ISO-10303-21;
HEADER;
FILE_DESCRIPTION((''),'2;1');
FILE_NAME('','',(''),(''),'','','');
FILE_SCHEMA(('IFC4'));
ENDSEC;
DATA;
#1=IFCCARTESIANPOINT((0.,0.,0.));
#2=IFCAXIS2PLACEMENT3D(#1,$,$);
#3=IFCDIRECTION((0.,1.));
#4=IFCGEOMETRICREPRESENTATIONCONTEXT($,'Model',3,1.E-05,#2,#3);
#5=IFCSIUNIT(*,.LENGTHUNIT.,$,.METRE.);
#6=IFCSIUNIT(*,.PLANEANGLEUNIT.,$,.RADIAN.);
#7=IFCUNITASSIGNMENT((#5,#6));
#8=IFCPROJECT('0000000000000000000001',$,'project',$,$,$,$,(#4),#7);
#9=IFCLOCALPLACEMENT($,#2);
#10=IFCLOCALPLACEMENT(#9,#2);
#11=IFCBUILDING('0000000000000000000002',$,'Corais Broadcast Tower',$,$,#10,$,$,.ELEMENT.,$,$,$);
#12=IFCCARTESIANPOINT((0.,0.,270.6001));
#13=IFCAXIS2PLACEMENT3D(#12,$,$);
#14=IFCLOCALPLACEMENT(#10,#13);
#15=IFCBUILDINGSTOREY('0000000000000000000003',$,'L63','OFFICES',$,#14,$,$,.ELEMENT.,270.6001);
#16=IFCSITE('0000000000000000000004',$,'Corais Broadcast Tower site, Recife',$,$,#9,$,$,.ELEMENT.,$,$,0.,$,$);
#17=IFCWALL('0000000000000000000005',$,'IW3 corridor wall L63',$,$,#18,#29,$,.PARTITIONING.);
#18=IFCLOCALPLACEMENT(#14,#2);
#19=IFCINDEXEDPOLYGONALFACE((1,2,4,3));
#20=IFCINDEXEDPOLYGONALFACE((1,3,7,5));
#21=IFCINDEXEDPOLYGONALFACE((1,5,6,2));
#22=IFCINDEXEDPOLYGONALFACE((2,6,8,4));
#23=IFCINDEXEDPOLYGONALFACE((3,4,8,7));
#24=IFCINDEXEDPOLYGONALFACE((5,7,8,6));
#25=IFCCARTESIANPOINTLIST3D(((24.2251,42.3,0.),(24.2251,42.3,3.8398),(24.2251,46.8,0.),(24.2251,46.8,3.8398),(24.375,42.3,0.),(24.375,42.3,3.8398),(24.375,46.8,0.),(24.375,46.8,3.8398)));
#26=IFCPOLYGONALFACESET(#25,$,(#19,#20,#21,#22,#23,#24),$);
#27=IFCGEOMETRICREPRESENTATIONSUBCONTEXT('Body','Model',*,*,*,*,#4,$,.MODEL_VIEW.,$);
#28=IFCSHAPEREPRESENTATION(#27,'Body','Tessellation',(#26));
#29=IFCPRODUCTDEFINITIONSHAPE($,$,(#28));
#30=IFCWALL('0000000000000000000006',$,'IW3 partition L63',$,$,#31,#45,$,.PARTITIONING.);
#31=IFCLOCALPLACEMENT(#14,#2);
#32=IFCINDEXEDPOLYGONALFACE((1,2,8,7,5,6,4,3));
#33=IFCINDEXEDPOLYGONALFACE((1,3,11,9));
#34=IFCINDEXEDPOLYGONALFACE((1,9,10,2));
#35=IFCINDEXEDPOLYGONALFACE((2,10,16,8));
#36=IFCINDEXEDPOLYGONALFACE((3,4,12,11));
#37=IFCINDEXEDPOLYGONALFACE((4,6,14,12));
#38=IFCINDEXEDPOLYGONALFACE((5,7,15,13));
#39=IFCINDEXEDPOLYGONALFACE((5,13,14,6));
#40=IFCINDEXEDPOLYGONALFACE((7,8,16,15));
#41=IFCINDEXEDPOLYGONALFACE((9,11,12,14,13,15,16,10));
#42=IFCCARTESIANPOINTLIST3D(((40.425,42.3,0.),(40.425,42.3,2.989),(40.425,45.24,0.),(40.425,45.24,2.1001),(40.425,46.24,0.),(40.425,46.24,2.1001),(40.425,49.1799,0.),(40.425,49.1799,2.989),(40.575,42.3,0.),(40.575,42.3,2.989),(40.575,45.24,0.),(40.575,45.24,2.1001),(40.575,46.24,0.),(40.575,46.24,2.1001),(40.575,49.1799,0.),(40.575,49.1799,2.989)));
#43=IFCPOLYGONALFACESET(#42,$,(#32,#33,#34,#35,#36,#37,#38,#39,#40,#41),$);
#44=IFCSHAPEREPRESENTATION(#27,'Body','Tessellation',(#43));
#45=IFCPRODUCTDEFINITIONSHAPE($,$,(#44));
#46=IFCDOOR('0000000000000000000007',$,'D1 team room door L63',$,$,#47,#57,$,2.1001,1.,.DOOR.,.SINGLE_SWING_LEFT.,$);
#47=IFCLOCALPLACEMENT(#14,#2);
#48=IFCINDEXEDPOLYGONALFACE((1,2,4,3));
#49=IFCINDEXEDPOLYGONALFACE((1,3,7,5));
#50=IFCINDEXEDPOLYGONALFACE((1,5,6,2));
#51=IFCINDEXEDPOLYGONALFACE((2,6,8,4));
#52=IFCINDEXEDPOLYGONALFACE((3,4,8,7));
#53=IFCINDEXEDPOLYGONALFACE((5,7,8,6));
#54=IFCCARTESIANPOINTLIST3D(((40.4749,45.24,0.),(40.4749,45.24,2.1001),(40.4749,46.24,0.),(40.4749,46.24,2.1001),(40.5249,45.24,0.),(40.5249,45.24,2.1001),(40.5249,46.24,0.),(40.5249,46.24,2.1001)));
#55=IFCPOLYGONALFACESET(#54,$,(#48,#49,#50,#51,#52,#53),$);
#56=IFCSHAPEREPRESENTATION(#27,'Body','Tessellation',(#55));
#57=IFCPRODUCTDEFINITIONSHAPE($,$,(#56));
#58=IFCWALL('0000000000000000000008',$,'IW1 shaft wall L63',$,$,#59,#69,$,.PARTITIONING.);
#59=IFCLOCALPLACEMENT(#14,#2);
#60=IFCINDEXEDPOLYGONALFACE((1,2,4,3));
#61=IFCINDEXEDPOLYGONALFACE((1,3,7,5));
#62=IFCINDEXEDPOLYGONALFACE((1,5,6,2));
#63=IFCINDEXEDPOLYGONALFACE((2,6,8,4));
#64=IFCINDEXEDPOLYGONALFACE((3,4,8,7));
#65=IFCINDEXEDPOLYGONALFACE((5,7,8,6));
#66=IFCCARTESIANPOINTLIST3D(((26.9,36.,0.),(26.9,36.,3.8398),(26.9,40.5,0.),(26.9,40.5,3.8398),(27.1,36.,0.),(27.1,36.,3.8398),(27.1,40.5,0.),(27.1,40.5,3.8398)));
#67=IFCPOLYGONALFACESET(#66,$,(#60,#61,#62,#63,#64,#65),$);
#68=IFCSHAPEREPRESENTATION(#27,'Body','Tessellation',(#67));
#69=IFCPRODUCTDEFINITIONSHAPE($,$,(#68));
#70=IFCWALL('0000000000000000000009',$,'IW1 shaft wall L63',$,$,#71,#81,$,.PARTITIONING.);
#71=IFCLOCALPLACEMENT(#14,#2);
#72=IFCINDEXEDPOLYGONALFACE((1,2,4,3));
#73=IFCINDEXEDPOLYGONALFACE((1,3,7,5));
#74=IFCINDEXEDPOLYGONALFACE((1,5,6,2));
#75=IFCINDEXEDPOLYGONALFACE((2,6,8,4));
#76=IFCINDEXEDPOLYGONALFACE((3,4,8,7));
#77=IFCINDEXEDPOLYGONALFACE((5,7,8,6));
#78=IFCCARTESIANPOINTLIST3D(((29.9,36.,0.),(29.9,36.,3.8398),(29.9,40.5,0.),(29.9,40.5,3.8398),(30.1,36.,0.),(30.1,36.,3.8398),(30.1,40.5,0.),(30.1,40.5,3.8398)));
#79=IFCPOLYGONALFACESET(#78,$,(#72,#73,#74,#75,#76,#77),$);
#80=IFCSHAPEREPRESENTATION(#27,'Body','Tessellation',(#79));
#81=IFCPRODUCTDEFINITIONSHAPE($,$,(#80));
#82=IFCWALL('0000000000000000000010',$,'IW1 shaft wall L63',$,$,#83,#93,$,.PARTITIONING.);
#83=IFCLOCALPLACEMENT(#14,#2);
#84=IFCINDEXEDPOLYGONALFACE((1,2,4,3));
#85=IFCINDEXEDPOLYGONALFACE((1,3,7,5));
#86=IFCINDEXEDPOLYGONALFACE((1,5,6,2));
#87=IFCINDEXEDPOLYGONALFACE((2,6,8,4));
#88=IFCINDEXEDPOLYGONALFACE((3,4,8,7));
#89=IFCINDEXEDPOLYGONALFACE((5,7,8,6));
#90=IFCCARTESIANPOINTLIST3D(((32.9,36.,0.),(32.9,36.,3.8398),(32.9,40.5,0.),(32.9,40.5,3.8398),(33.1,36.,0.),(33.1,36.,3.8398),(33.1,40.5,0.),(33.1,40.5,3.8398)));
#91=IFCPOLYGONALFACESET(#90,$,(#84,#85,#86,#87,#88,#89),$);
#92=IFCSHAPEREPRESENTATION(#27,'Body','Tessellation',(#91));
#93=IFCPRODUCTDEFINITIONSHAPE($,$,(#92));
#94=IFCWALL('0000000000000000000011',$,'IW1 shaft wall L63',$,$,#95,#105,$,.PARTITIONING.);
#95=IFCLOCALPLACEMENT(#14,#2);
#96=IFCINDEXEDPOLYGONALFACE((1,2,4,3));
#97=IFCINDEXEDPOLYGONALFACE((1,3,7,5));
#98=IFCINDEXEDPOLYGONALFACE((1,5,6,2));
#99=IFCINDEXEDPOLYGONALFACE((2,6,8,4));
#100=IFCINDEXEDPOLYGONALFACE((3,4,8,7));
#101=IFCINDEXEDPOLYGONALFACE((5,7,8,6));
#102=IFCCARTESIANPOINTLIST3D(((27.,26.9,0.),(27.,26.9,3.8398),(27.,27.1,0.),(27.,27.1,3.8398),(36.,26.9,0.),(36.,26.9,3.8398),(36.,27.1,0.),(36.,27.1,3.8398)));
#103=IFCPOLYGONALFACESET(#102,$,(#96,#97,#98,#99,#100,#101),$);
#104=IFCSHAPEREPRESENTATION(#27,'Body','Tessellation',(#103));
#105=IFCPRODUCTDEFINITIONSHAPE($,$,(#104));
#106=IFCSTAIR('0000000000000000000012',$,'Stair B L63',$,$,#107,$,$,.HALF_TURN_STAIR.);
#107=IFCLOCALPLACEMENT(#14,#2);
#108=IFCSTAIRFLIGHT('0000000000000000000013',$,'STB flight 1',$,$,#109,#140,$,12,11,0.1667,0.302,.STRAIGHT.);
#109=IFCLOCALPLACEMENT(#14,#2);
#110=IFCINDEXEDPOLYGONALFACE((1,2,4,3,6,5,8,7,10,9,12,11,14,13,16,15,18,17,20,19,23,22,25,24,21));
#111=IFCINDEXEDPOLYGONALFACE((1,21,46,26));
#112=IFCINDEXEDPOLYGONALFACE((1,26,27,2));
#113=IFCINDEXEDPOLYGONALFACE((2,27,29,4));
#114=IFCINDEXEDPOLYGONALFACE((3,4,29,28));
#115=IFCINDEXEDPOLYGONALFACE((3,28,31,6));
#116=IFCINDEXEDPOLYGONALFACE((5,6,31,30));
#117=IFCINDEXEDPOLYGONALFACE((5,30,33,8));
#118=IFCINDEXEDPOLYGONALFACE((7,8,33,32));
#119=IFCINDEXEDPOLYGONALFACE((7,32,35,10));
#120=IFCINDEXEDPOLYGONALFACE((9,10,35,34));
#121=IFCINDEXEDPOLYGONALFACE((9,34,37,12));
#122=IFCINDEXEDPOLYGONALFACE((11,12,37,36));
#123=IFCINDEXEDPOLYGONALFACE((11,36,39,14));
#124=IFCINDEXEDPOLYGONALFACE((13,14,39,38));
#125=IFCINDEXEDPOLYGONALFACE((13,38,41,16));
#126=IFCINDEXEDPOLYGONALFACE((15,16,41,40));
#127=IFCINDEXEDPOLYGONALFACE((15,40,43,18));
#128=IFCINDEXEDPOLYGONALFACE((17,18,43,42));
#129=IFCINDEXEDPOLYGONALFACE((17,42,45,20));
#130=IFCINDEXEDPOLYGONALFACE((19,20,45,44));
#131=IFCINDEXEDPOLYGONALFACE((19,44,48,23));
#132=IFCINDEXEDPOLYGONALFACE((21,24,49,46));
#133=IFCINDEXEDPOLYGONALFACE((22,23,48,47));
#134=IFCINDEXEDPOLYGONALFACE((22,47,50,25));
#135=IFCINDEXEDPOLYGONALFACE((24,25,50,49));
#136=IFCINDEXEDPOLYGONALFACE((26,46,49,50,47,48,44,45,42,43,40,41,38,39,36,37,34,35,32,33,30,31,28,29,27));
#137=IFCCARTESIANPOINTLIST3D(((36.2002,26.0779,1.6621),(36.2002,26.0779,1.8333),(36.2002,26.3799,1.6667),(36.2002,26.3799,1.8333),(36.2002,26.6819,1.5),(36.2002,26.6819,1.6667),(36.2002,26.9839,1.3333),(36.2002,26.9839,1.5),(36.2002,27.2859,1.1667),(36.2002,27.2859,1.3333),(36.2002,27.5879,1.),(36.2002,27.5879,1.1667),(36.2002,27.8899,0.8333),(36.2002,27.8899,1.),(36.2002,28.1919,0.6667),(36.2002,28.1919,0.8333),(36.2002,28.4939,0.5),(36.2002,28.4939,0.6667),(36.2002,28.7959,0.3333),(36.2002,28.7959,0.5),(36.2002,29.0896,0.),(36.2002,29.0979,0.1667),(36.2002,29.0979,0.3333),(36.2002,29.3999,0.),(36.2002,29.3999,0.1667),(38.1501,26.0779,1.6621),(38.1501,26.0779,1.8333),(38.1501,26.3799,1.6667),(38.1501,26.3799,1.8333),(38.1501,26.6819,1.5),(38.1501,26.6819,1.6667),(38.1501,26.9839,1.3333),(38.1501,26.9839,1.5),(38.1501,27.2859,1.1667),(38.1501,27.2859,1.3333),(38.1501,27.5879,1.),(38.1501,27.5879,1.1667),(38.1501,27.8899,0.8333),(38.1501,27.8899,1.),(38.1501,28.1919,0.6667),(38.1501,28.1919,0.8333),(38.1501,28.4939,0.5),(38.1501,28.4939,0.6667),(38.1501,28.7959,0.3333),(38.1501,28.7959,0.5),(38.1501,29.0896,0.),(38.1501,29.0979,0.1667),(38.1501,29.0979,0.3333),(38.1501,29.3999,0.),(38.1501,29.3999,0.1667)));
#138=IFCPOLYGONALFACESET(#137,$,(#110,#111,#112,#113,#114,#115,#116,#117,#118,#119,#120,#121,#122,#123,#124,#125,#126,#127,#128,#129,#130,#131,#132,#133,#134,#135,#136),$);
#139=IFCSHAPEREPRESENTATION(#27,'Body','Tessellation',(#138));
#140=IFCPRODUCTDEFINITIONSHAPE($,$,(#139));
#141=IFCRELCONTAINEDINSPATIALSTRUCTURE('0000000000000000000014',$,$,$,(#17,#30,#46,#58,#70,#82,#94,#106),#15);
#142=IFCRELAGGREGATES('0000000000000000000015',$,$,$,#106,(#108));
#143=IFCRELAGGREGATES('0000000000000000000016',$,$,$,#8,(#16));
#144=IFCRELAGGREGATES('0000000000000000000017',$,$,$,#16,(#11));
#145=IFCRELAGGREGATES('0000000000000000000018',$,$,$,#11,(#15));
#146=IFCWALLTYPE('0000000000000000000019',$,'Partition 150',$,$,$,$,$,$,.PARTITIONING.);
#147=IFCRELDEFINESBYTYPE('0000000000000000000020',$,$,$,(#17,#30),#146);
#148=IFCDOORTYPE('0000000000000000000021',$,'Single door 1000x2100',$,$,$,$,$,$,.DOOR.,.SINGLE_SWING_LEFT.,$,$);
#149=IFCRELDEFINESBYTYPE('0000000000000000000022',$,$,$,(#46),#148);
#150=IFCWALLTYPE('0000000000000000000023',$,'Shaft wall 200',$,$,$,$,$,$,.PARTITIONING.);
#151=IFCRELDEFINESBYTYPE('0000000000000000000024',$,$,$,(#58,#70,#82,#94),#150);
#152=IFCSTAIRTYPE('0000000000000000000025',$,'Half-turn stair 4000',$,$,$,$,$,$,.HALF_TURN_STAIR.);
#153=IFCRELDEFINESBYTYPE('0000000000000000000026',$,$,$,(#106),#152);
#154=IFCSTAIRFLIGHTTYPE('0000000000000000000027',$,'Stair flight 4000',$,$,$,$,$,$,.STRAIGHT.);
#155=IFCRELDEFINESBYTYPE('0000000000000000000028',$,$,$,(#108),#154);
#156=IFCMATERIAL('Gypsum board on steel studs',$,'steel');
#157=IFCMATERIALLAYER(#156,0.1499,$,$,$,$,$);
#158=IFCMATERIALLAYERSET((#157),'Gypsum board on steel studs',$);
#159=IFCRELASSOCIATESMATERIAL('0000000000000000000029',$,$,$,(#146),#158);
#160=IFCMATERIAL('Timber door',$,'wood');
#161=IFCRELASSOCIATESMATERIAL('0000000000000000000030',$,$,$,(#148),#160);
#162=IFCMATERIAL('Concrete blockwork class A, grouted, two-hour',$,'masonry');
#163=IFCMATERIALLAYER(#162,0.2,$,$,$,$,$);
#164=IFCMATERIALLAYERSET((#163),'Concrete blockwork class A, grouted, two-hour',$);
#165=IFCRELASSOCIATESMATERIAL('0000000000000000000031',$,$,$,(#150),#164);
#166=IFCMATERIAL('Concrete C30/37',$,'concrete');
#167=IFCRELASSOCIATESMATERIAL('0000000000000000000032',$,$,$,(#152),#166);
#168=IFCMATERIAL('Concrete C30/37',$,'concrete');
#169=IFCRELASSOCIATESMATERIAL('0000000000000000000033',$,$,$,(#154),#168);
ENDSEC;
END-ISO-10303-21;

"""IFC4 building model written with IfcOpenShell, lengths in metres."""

from ifc_helpers import new_model, si_unit, direction, frame, frame_2d, origin, place, context, subcontext, project, spatial, polyline, rectangle, outline, extrude, material, layer, layer_set, type_object, element, fill, aggregate, save


model = new_model("IFC4")

# Units and contexts
model_context = context("Model", 3, precision=1e-05, world=origin(), true_north=direction((0.0, 1.0)))
body_context = subcontext(model_context, "Body", "Model", "MODEL_VIEW")
ifc_project = project(units=[si_unit("LENGTHUNIT", "METRE"), si_unit("PLANEANGLEUNIT", "RADIAN")], contexts=[model_context])

# Site, building, storey
site_placement = place(None, origin())
site = spatial("IfcSite", under=ifc_project, at=site_placement, Name="Corais Broadcast Tower site, Recife", CompositionType="ELEMENT", RefElevation=0.0)
building_placement = place(site_placement, origin())
building = spatial("IfcBuilding", under=site, at=building_placement, Name="Corais Broadcast Tower", CompositionType="ELEMENT")
storey_placement = place(building_placement, frame((0.0, 0.0, 270.6001)))
storey = spatial("IfcBuildingStorey", under=building, at=storey_placement, Name="L63", Description="OFFICES", CompositionType="ELEMENT", Elevation=270.6001)

# Wall
ifc_material_1 = material(Name="Gypsum board on steel studs", Category="steel")
ifc_layer_1 = layer(ifc_material_1, 0.1499)
ifc_layer_set_1 = layer_set([ifc_layer_1], Name="Gypsum board on steel studs")
wall_type_1 = type_object("IfcWallType", Name="Partition 150", PredefinedType="PARTITIONING", material=ifc_layer_set_1)
wall_1_placement = place(storey_placement, frame((24.3, 42.3, 0.0), z_axis=(0.0, 0.0, 1.0), x_axis=(0.0, 1.0, 0.0)))
element("IfcWall", 1, at=wall_1_placement, inside=storey, type_object=wall_type_1, Name="IW3 corridor wall L63", PredefinedType="PARTITIONING", context=body_context, shape_type="SweptSolid", body=[
    extrude(rectangle(XDim=4.5, YDim=0.1499, at=frame_2d((2.25, 0.0))), origin(), (0.0, 0.0, 1.0), 3.8398),
])

# Wall, opening, door
wall_2_placement = place(storey_placement, frame((40.5, 49.1799, 0.0), z_axis=(0.0, 0.0, 1.0), x_axis=(0.0, -1.0, 0.0)))
wall_2 = element("IfcWall", 2, at=wall_2_placement, inside=storey, type_object=wall_type_1, Name="IW3 partition L63", PredefinedType="PARTITIONING", context=body_context, shape_type="SweptSolid", body=[
    extrude(rectangle(XDim=6.8799, YDim=0.1499, at=frame_2d((3.4399, 0.0))), origin(), (0.0, 0.0, 1.0), 2.989),
])
opening_placement = place(wall_2_placement, frame((2.9399, 0.0, 0.0)))
opening = element("IfcOpeningElement", 3, at=opening_placement, cuts=wall_2, PredefinedType="OPENING", context=body_context, shape_type="SweptSolid", body=[
    extrude(rectangle(XDim=1.0, YDim=2.1001, at=frame_2d((0.5, 1.05))), frame((0.0, 0.085, 0.0), z_axis=(0.0, -1.0, 0.0), x_axis=(1.0, 0.0, 0.0)), (0.0, 0.0, 1.0), 0.1699),
])
ifc_material_2 = material(Name="Timber door", Category="wood")
door_type = type_object("IfcDoorType", Name="Single door 1000x2100", OperationType="SINGLE_SWING_LEFT", PredefinedType="DOOR", material=ifc_material_2)
door_placement = place(opening_placement, origin())
door = element("IfcDoor", 4, at=door_placement, inside=storey, type_object=door_type, Name="D1 team room door L63", OperationType="SINGLE_SWING_LEFT", OverallHeight=2.1001, OverallWidth=1.0, PredefinedType="DOOR", context=body_context, shape_type="SweptSolid", body=[
    extrude(rectangle(XDim=1.0, YDim=2.1001, at=frame_2d((0.5, 1.05))), frame((0.0, 0.0249, 0.0), z_axis=(0.0, -1.0, 0.0), x_axis=(1.0, 0.0, 0.0)), (0.0, 0.0, 1.0), 0.05),
])
fill(opening, door)

# Walls
ifc_material_3 = material(Name="Concrete blockwork class A, grouted, two-hour", Category="masonry")
ifc_layer_2 = layer(ifc_material_3, 0.2)
ifc_layer_set_2 = layer_set([ifc_layer_2], Name="Concrete blockwork class A, grouted, two-hour")
wall_type_2 = type_object("IfcWallType", Name="Shaft wall 200", PredefinedType="PARTITIONING", material=ifc_layer_set_2)
for number, where, z_axis, x_axis, name in (
    (5, (27.0, 36.0, 0.0), (0.0, 0.0, 1.0), (0.0, 1.0, 0.0), "IW1 shaft wall L63"),
    (6, (30.0, 36.0, 0.0), (0.0, 0.0, 1.0), (0.0, 1.0, 0.0), "IW1 shaft wall L63"),
    (7, (33.0, 36.0, 0.0), (0.0, 0.0, 1.0), (0.0, 1.0, 0.0), "IW1 shaft wall L63"),
):
    element("IfcWall", number, at=place(storey_placement, frame(where, z_axis=z_axis, x_axis=x_axis)), inside=storey, type_object=wall_type_2, Name=name, PredefinedType="PARTITIONING", context=body_context, shape_type="SweptSolid", body=[
        extrude(rectangle(XDim=4.5, YDim=0.2, at=frame_2d((2.25, 0.0))), origin(), (0.0, 0.0, 1.0), 3.8398),
    ])
wall_3_placement = place(storey_placement, frame((27.0, 27.0, 0.0), z_axis=(0.0, 0.0, 1.0), x_axis=(1.0, 0.0, 0.0)))
element("IfcWall", 8, at=wall_3_placement, inside=storey, type_object=wall_type_2, Name="IW1 shaft wall L63", PredefinedType="PARTITIONING", context=body_context, shape_type="SweptSolid", body=[
    extrude(rectangle(XDim=9.0, YDim=0.2, at=frame_2d((4.5, 0.0))), origin(), (0.0, 0.0, 1.0), 3.8398),
])

# Stair, stair flight
ifc_material_4 = material(Name="Concrete C30/37", Category="concrete")
stair_type = type_object("IfcStairType", Name="Half-turn stair 4000", PredefinedType="HALF_TURN_STAIR", material=ifc_material_4)
stair_placement = place(storey_placement, origin())
stair = element("IfcStair", 9, at=stair_placement, inside=storey, type_object=stair_type, Name="Stair B L63", PredefinedType="HALF_TURN_STAIR")
ifc_material_5 = material(Name="Concrete C30/37", Category="concrete")
stair_flight_type = type_object("IfcStairFlightType", Name="Stair flight 4000", PredefinedType="STRAIGHT", material=ifc_material_5)
stair_flight_placement = place(storey_placement, frame((37.175, 29.3999, 0.0), z_axis=(0.0, 0.0, 1.0), x_axis=(0.0, -1.0, 0.0)))
stair_flight = element("IfcStairFlight", 10, at=stair_flight_placement, type_object=stair_flight_type, Name="STB flight 1", NumberOfRisers=12, NumberOfTreads=11, PredefinedType="STRAIGHT", RiserHeight=0.1667, TreadLength=0.302, context=body_context, shape_type="SweptSolid", body=[
    extrude(outline(polyline([(0.0, 0.0), (0.0, 0.1667), (0.302, 0.1667), (0.302, 0.3333), (0.604, 0.3333), (0.604, 0.5), (0.906, 0.5), (0.906, 0.6667), (1.208, 0.6667), (1.208, 0.8333), (1.51, 0.8333), (1.51, 1.0), (1.812, 1.0), (1.812, 1.1667), (2.114, 1.1667), (2.114, 1.3333), (2.416, 1.3333), (2.416, 1.5), (2.718, 1.5), (2.718, 1.6667), (3.02, 1.6667), (3.02, 1.8333), (3.322, 1.8333), (3.322, 2.0), (3.322, 1.6621), (0.3103, 0.0), (0.0, 0.0)])), frame((0.0, 0.9751, 0.0), z_axis=(0.0, -1.0, 0.0), x_axis=(1.0, 0.0, 0.0)), (0.0, 0.0, 1.0), 1.95),
])
aggregate(stair, [stair_flight])

save(model, "model.ifc")
